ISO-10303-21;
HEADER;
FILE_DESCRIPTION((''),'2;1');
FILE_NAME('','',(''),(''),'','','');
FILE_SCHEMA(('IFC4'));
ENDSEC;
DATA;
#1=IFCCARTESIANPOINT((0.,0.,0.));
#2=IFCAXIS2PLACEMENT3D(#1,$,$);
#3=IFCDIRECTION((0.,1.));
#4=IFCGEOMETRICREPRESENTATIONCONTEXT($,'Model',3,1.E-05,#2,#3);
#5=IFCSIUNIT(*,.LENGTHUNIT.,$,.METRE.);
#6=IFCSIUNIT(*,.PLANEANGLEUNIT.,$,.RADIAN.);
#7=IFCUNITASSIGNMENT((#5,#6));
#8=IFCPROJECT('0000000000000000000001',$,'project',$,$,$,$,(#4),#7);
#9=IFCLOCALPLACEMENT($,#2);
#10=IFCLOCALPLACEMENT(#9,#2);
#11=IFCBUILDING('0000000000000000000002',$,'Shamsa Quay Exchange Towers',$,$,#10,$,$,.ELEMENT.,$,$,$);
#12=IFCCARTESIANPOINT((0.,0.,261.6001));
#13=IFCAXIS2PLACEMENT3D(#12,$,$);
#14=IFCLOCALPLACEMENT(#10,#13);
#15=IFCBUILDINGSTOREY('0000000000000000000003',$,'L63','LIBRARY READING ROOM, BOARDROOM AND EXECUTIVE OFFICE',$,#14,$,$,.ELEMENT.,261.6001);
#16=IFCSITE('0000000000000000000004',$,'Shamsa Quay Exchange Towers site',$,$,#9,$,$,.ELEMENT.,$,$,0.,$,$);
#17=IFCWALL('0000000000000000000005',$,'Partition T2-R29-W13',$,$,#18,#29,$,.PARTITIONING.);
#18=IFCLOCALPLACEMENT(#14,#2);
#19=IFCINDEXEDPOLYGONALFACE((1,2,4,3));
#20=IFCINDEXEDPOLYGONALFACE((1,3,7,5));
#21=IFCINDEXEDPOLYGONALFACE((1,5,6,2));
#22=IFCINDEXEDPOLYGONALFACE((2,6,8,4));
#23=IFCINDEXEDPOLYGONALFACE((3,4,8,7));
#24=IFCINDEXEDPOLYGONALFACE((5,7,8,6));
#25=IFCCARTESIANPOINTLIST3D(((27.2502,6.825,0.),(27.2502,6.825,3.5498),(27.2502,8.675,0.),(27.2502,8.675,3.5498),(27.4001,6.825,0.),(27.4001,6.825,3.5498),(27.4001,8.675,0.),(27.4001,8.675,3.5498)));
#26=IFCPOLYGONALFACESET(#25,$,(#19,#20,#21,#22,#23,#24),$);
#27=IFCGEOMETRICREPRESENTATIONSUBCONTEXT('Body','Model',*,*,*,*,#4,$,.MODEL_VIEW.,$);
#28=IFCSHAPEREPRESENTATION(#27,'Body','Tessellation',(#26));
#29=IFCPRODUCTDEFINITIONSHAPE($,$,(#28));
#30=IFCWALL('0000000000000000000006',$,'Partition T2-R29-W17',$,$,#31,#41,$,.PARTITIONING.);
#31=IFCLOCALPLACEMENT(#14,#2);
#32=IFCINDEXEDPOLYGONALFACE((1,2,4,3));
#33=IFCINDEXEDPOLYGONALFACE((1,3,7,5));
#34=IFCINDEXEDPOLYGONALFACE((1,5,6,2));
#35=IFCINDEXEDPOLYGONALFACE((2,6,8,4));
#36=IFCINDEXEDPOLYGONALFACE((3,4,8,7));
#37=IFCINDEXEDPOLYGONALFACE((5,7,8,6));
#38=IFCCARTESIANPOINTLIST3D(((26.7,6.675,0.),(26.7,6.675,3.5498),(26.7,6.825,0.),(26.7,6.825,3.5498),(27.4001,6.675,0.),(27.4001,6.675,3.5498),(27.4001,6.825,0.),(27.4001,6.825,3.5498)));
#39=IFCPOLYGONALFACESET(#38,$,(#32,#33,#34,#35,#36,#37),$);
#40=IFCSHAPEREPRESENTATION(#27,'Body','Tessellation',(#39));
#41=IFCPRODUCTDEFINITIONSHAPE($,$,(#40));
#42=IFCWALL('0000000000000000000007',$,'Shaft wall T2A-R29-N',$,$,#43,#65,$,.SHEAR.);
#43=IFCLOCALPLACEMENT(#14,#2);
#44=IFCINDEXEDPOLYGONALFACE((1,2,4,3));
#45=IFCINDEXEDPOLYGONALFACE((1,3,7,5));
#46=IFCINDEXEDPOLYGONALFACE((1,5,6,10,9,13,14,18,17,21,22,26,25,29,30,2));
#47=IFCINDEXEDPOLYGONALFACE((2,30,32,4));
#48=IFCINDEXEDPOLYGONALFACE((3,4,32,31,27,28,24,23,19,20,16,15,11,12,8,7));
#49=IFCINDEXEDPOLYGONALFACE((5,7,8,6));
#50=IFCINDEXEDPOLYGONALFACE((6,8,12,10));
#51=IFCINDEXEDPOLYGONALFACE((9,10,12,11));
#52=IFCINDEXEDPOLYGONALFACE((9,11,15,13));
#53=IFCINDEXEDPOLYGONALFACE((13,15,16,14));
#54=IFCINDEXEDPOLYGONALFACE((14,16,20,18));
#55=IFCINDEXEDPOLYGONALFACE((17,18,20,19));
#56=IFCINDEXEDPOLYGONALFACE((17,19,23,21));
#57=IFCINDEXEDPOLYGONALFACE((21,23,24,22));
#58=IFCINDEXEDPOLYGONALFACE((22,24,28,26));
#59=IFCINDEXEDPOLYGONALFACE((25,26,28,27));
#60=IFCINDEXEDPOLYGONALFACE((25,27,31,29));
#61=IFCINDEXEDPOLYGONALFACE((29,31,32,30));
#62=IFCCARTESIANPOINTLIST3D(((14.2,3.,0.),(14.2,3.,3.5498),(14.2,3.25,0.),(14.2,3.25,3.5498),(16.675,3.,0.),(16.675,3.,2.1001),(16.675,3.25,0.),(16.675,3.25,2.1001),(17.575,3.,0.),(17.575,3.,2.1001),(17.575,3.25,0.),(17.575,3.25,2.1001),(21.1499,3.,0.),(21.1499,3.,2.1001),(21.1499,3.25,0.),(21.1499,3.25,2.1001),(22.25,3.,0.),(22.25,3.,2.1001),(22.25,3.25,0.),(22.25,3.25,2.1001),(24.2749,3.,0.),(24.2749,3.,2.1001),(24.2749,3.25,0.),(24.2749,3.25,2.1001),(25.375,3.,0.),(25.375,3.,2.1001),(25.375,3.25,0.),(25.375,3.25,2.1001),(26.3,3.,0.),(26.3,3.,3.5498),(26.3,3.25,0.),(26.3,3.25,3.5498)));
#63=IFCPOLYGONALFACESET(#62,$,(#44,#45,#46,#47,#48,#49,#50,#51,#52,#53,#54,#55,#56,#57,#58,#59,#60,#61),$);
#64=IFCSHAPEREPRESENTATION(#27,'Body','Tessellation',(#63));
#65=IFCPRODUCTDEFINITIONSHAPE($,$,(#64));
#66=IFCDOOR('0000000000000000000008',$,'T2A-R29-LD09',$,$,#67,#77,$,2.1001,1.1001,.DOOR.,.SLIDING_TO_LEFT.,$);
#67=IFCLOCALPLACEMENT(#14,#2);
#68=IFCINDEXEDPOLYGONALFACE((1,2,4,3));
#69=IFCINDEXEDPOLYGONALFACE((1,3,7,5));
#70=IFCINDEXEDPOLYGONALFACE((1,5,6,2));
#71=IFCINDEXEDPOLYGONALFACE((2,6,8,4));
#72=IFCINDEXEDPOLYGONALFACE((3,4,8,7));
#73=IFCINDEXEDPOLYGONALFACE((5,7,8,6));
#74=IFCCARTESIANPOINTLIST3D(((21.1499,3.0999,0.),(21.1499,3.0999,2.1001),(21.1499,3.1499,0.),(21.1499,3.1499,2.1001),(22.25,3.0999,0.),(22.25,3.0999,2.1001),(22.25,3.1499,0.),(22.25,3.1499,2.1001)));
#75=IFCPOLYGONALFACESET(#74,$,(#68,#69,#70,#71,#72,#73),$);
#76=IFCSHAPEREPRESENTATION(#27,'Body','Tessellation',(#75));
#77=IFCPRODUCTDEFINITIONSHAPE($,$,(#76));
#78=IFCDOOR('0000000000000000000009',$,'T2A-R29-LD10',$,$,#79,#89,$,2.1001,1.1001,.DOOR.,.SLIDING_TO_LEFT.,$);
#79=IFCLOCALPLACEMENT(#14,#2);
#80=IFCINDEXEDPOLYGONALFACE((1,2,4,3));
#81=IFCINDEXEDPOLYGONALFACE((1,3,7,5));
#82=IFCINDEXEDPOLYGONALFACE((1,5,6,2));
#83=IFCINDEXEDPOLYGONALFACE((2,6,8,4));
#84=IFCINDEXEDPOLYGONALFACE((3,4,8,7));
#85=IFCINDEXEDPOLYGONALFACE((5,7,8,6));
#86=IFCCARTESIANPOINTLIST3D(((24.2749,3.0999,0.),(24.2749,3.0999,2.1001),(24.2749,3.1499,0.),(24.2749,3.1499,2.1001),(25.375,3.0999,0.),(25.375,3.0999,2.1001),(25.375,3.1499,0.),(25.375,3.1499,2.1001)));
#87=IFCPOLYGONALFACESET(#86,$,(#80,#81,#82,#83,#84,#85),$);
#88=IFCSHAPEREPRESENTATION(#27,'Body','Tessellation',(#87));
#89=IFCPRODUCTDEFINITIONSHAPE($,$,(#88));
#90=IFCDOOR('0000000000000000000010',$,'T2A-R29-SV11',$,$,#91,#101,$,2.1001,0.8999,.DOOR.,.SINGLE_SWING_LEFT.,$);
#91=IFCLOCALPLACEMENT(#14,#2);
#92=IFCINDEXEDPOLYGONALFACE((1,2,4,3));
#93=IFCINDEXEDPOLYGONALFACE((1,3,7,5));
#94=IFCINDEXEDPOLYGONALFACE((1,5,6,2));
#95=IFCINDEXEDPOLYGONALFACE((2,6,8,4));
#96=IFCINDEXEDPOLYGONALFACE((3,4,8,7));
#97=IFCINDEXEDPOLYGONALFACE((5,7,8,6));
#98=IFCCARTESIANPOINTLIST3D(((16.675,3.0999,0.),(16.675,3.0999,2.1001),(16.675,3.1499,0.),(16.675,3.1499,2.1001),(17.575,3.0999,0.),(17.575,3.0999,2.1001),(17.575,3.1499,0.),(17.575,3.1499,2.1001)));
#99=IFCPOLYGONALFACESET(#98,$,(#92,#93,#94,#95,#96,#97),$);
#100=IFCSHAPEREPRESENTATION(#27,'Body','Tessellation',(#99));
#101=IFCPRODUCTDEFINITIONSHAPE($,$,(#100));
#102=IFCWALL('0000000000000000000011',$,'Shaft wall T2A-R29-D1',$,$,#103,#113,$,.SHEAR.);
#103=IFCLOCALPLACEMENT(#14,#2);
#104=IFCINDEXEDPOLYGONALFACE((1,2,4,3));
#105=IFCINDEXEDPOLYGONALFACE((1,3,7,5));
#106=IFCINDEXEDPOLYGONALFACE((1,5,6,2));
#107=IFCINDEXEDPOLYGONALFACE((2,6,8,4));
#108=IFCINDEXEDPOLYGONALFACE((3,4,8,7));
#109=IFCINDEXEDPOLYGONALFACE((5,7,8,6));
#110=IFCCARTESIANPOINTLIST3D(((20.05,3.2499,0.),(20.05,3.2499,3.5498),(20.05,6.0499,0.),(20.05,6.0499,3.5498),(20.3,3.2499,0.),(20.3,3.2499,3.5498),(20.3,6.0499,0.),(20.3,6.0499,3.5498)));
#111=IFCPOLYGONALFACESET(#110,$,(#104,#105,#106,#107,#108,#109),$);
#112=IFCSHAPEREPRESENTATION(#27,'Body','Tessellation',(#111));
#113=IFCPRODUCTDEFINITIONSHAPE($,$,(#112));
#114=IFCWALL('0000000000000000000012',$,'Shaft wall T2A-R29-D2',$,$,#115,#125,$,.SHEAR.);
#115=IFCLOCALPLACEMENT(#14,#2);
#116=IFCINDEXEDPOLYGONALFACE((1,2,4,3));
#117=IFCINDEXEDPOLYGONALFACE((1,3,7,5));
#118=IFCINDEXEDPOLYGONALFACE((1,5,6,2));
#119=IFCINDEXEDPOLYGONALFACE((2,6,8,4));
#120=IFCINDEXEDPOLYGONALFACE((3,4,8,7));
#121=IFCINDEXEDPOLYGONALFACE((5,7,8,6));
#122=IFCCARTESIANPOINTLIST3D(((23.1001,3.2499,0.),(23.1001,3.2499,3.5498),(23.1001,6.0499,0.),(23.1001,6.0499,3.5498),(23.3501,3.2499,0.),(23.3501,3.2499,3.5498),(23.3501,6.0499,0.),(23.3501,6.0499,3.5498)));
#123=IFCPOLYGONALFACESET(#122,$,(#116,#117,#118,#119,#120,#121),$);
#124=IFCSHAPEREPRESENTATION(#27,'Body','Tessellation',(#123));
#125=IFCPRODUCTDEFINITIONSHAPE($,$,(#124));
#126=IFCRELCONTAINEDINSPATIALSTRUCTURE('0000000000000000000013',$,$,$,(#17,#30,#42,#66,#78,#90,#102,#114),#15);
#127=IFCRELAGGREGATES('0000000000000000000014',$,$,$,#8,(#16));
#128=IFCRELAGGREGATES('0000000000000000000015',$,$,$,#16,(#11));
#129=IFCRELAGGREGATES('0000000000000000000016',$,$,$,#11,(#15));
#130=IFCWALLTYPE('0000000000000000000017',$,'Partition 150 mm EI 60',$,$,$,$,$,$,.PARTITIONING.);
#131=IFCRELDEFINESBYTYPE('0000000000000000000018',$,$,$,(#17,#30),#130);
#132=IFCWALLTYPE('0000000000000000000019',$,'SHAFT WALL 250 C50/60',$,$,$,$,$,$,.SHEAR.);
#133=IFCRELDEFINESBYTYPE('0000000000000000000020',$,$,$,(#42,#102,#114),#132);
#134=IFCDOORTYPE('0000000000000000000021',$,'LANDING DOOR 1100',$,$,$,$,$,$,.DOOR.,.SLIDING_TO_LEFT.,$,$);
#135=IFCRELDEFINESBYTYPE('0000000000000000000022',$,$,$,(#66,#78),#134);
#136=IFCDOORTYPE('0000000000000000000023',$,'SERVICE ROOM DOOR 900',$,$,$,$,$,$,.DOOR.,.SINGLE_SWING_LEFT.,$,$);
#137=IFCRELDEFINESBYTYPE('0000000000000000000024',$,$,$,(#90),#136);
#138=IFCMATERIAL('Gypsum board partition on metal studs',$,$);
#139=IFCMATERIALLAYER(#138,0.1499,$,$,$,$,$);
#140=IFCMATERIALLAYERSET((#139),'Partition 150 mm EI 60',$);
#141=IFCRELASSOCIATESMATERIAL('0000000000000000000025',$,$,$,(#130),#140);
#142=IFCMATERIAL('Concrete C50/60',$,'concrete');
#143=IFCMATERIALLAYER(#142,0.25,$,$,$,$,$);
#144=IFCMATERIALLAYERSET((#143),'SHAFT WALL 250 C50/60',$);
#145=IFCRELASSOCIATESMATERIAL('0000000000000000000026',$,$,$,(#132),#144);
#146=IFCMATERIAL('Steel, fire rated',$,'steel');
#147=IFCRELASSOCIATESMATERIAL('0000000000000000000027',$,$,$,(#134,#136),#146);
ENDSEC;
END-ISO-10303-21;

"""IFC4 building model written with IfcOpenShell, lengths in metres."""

from ifc_helpers import new_model, si_unit, direction, frame, frame_2d, origin, place, context, subcontext, project, spatial, rectangle, extrude, material, layer, layer_set, type_object, element, fill, save


model = new_model("IFC4")

# Units and contexts
model_context = context("Model", 3, precision=1e-05, world=origin(), true_north=direction((0.0, 1.0)))
body_context = subcontext(model_context, "Body", "Model", "MODEL_VIEW")
ifc_project = project(units=[si_unit("LENGTHUNIT", "METRE"), si_unit("PLANEANGLEUNIT", "RADIAN")], contexts=[model_context])

# Site, building, storey
site_placement = place(None, origin())
site = spatial("IfcSite", under=ifc_project, at=site_placement, Name="Shamsa Quay Exchange Towers site", CompositionType="ELEMENT", RefElevation=0.0)
building_placement = place(site_placement, origin())
building = spatial("IfcBuilding", under=site, at=building_placement, Name="Shamsa Quay Exchange Towers", CompositionType="ELEMENT")
storey_placement = place(building_placement, frame((0.0, 0.0, 261.6001)))
storey = spatial("IfcBuildingStorey", under=building, at=storey_placement, Name="L63", Description="LIBRARY READING ROOM, BOARDROOM AND EXECUTIVE OFFICE", CompositionType="ELEMENT", Elevation=261.6001)

# Shared definitions
ifc_material_1 = material(Name="Steel, fire rated", Category="steel")

# Walls
ifc_material_2 = material(Name="Gypsum board partition on metal studs")
ifc_layer_1 = layer(ifc_material_2, 0.1499)
ifc_layer_set_1 = layer_set([ifc_layer_1], Name="Partition 150 mm EI 60")
wall_type_1 = type_object("IfcWallType", Name="Partition 150 mm EI 60", PredefinedType="PARTITIONING", material=ifc_layer_set_1)
wall_1_placement = place(storey_placement, frame((27.3252, 8.675, 0.0), z_axis=(0.0, 0.0, 1.0), x_axis=(0.0, -1.0, 0.0)))
element("IfcWall", 1, at=wall_1_placement, inside=storey, type_object=wall_type_1, Name="Partition T2-R29-W13", PredefinedType="PARTITIONING", context=body_context, shape_type="SweptSolid", body=[
    extrude(rectangle(XDim=1.8501, YDim=0.1499, at=frame_2d((0.925, 0.0))), origin(), (0.0, 0.0, 1.0), 3.5498),
])
wall_2_placement = place(storey_placement, frame((27.4001, 6.75, 0.0), z_axis=(0.0, 0.0, 1.0), x_axis=(-1.0, 0.0, 0.0)))
element("IfcWall", 2, at=wall_2_placement, inside=storey, type_object=wall_type_1, Name="Partition T2-R29-W17", PredefinedType="PARTITIONING", context=body_context, shape_type="SweptSolid", body=[
    extrude(rectangle(XDim=0.7002, YDim=0.1499, at=frame_2d((0.3501, 0.0))), origin(), (0.0, 0.0, 1.0), 3.5498),
])

# Wall, openings, doors
ifc_material_3 = material(Name="Concrete C50/60", Category="concrete")
ifc_layer_2 = layer(ifc_material_3, 0.25)
ifc_layer_set_2 = layer_set([ifc_layer_2], Name="SHAFT WALL 250 C50/60")
wall_type_2 = type_object("IfcWallType", Name="SHAFT WALL 250 C50/60", PredefinedType="SHEAR", material=ifc_layer_set_2)
wall_3_placement = place(storey_placement, frame((14.2, 3.125, 0.0)))
wall_3 = element("IfcWall", 3, at=wall_3_placement, inside=storey, type_object=wall_type_2, Name="Shaft wall T2A-R29-N", PredefinedType="SHEAR", context=body_context, shape_type="SweptSolid", body=[
    extrude(rectangle(XDim=12.1001, YDim=0.25, at=frame_2d((6.05, 0.0))), origin(), (0.0, 0.0, 1.0), 3.5498),
])
opening_1_placement = place(wall_3_placement, frame((6.95, 0.0, 0.0)))
opening_1 = element("IfcOpeningElement", 4, at=opening_1_placement, cuts=wall_3, PredefinedType="OPENING", context=body_context, shape_type="SweptSolid", body=[
    extrude(rectangle(XDim=1.1001, YDim=2.1001, at=frame_2d((0.55, 1.05))), frame((0.0, 0.135, 0.0), z_axis=(0.0, -1.0, 0.0), x_axis=(1.0, 0.0, 0.0)), (0.0, 0.0, 1.0), 0.27),
])
opening_2_placement = place(wall_3_placement, frame((10.075, 0.0, 0.0)))
opening_2 = element("IfcOpeningElement", 5, at=opening_2_placement, cuts=wall_3, PredefinedType="OPENING", context=body_context, shape_type="SweptSolid", body=[
    extrude(rectangle(XDim=1.1001, YDim=2.1001, at=frame_2d((0.55, 1.05))), frame((0.0, 0.135, 0.0), z_axis=(0.0, -1.0, 0.0), x_axis=(1.0, 0.0, 0.0)), (0.0, 0.0, 1.0), 0.27),
])
opening_3_placement = place(wall_3_placement, frame((2.4751, 0.0, 0.0)))
opening_3 = element("IfcOpeningElement", 6, at=opening_3_placement, cuts=wall_3, PredefinedType="OPENING", context=body_context, shape_type="SweptSolid", body=[
    extrude(rectangle(XDim=0.8999, YDim=2.1001, at=frame_2d((0.45, 1.05))), frame((0.0, 0.135, 0.0), z_axis=(0.0, -1.0, 0.0), x_axis=(1.0, 0.0, 0.0)), (0.0, 0.0, 1.0), 0.27),
])
door_type_1 = type_object("IfcDoorType", Name="LANDING DOOR 1100", OperationType="SLIDING_TO_LEFT", PredefinedType="DOOR", material=ifc_material_1)
door_1_placement = place(opening_1_placement, origin())
door_1 = element("IfcDoor", 7, at=door_1_placement, inside=storey, type_object=door_type_1, Name="T2A-R29-LD09", OperationType="SLIDING_TO_LEFT", OverallHeight=2.1001, OverallWidth=1.1001, PredefinedType="DOOR", context=body_context, shape_type="SweptSolid", body=[
    extrude(rectangle(XDim=1.1001, YDim=2.1001, at=frame_2d((0.55, 1.05))), frame((0.0, 0.0249, 0.0), z_axis=(0.0, -1.0, 0.0), x_axis=(1.0, 0.0, 0.0)), (0.0, 0.0, 1.0), 0.05),
])
fill(opening_1, door_1)
door_2_placement = place(opening_2_placement, origin())
door_2 = element("IfcDoor", 8, at=door_2_placement, inside=storey, type_object=door_type_1, Name="T2A-R29-LD10", OperationType="SLIDING_TO_LEFT", OverallHeight=2.1001, OverallWidth=1.1001, PredefinedType="DOOR", context=body_context, shape_type="SweptSolid", body=[
    extrude(rectangle(XDim=1.1001, YDim=2.1001, at=frame_2d((0.55, 1.05))), frame((0.0, 0.0249, 0.0), z_axis=(0.0, -1.0, 0.0), x_axis=(1.0, 0.0, 0.0)), (0.0, 0.0, 1.0), 0.05),
])
fill(opening_2, door_2)
door_type_2 = type_object("IfcDoorType", Name="SERVICE ROOM DOOR 900", OperationType="SINGLE_SWING_LEFT", PredefinedType="DOOR", material=ifc_material_1)
door_3_placement = place(opening_3_placement, origin())
door_3 = element("IfcDoor", 9, at=door_3_placement, inside=storey, type_object=door_type_2, Name="T2A-R29-SV11", OperationType="SINGLE_SWING_LEFT", OverallHeight=2.1001, OverallWidth=0.8999, PredefinedType="DOOR", context=body_context, shape_type="SweptSolid", body=[
    extrude(rectangle(XDim=0.8999, YDim=2.1001, at=frame_2d((0.45, 1.05))), frame((0.0, 0.0249, 0.0), z_axis=(0.0, -1.0, 0.0), x_axis=(1.0, 0.0, 0.0)), (0.0, 0.0, 1.0), 0.05),
])
fill(opening_3, door_3)

# Walls
for number, where, z_axis, x_axis, name in (
    (10, (20.175, 3.25, 0.0), (0.0, 0.0, 1.0), (0.0, 1.0, 0.0), "Shaft wall T2A-R29-D1"),
    (11, (23.2251, 3.25, 0.0), (0.0, 0.0, 1.0), (0.0, 1.0, 0.0), "Shaft wall T2A-R29-D2"),
):
    element("IfcWall", number, at=place(storey_placement, frame(where, z_axis=z_axis, x_axis=x_axis)), inside=storey, type_object=wall_type_2, Name=name, PredefinedType="SHEAR", context=body_context, shape_type="SweptSolid", body=[
        extrude(rectangle(XDim=2.8, YDim=0.25, at=frame_2d((1.3999, 0.0))), origin(), (0.0, 0.0, 1.0), 3.5498),
    ])

save(model, "model.ifc")
